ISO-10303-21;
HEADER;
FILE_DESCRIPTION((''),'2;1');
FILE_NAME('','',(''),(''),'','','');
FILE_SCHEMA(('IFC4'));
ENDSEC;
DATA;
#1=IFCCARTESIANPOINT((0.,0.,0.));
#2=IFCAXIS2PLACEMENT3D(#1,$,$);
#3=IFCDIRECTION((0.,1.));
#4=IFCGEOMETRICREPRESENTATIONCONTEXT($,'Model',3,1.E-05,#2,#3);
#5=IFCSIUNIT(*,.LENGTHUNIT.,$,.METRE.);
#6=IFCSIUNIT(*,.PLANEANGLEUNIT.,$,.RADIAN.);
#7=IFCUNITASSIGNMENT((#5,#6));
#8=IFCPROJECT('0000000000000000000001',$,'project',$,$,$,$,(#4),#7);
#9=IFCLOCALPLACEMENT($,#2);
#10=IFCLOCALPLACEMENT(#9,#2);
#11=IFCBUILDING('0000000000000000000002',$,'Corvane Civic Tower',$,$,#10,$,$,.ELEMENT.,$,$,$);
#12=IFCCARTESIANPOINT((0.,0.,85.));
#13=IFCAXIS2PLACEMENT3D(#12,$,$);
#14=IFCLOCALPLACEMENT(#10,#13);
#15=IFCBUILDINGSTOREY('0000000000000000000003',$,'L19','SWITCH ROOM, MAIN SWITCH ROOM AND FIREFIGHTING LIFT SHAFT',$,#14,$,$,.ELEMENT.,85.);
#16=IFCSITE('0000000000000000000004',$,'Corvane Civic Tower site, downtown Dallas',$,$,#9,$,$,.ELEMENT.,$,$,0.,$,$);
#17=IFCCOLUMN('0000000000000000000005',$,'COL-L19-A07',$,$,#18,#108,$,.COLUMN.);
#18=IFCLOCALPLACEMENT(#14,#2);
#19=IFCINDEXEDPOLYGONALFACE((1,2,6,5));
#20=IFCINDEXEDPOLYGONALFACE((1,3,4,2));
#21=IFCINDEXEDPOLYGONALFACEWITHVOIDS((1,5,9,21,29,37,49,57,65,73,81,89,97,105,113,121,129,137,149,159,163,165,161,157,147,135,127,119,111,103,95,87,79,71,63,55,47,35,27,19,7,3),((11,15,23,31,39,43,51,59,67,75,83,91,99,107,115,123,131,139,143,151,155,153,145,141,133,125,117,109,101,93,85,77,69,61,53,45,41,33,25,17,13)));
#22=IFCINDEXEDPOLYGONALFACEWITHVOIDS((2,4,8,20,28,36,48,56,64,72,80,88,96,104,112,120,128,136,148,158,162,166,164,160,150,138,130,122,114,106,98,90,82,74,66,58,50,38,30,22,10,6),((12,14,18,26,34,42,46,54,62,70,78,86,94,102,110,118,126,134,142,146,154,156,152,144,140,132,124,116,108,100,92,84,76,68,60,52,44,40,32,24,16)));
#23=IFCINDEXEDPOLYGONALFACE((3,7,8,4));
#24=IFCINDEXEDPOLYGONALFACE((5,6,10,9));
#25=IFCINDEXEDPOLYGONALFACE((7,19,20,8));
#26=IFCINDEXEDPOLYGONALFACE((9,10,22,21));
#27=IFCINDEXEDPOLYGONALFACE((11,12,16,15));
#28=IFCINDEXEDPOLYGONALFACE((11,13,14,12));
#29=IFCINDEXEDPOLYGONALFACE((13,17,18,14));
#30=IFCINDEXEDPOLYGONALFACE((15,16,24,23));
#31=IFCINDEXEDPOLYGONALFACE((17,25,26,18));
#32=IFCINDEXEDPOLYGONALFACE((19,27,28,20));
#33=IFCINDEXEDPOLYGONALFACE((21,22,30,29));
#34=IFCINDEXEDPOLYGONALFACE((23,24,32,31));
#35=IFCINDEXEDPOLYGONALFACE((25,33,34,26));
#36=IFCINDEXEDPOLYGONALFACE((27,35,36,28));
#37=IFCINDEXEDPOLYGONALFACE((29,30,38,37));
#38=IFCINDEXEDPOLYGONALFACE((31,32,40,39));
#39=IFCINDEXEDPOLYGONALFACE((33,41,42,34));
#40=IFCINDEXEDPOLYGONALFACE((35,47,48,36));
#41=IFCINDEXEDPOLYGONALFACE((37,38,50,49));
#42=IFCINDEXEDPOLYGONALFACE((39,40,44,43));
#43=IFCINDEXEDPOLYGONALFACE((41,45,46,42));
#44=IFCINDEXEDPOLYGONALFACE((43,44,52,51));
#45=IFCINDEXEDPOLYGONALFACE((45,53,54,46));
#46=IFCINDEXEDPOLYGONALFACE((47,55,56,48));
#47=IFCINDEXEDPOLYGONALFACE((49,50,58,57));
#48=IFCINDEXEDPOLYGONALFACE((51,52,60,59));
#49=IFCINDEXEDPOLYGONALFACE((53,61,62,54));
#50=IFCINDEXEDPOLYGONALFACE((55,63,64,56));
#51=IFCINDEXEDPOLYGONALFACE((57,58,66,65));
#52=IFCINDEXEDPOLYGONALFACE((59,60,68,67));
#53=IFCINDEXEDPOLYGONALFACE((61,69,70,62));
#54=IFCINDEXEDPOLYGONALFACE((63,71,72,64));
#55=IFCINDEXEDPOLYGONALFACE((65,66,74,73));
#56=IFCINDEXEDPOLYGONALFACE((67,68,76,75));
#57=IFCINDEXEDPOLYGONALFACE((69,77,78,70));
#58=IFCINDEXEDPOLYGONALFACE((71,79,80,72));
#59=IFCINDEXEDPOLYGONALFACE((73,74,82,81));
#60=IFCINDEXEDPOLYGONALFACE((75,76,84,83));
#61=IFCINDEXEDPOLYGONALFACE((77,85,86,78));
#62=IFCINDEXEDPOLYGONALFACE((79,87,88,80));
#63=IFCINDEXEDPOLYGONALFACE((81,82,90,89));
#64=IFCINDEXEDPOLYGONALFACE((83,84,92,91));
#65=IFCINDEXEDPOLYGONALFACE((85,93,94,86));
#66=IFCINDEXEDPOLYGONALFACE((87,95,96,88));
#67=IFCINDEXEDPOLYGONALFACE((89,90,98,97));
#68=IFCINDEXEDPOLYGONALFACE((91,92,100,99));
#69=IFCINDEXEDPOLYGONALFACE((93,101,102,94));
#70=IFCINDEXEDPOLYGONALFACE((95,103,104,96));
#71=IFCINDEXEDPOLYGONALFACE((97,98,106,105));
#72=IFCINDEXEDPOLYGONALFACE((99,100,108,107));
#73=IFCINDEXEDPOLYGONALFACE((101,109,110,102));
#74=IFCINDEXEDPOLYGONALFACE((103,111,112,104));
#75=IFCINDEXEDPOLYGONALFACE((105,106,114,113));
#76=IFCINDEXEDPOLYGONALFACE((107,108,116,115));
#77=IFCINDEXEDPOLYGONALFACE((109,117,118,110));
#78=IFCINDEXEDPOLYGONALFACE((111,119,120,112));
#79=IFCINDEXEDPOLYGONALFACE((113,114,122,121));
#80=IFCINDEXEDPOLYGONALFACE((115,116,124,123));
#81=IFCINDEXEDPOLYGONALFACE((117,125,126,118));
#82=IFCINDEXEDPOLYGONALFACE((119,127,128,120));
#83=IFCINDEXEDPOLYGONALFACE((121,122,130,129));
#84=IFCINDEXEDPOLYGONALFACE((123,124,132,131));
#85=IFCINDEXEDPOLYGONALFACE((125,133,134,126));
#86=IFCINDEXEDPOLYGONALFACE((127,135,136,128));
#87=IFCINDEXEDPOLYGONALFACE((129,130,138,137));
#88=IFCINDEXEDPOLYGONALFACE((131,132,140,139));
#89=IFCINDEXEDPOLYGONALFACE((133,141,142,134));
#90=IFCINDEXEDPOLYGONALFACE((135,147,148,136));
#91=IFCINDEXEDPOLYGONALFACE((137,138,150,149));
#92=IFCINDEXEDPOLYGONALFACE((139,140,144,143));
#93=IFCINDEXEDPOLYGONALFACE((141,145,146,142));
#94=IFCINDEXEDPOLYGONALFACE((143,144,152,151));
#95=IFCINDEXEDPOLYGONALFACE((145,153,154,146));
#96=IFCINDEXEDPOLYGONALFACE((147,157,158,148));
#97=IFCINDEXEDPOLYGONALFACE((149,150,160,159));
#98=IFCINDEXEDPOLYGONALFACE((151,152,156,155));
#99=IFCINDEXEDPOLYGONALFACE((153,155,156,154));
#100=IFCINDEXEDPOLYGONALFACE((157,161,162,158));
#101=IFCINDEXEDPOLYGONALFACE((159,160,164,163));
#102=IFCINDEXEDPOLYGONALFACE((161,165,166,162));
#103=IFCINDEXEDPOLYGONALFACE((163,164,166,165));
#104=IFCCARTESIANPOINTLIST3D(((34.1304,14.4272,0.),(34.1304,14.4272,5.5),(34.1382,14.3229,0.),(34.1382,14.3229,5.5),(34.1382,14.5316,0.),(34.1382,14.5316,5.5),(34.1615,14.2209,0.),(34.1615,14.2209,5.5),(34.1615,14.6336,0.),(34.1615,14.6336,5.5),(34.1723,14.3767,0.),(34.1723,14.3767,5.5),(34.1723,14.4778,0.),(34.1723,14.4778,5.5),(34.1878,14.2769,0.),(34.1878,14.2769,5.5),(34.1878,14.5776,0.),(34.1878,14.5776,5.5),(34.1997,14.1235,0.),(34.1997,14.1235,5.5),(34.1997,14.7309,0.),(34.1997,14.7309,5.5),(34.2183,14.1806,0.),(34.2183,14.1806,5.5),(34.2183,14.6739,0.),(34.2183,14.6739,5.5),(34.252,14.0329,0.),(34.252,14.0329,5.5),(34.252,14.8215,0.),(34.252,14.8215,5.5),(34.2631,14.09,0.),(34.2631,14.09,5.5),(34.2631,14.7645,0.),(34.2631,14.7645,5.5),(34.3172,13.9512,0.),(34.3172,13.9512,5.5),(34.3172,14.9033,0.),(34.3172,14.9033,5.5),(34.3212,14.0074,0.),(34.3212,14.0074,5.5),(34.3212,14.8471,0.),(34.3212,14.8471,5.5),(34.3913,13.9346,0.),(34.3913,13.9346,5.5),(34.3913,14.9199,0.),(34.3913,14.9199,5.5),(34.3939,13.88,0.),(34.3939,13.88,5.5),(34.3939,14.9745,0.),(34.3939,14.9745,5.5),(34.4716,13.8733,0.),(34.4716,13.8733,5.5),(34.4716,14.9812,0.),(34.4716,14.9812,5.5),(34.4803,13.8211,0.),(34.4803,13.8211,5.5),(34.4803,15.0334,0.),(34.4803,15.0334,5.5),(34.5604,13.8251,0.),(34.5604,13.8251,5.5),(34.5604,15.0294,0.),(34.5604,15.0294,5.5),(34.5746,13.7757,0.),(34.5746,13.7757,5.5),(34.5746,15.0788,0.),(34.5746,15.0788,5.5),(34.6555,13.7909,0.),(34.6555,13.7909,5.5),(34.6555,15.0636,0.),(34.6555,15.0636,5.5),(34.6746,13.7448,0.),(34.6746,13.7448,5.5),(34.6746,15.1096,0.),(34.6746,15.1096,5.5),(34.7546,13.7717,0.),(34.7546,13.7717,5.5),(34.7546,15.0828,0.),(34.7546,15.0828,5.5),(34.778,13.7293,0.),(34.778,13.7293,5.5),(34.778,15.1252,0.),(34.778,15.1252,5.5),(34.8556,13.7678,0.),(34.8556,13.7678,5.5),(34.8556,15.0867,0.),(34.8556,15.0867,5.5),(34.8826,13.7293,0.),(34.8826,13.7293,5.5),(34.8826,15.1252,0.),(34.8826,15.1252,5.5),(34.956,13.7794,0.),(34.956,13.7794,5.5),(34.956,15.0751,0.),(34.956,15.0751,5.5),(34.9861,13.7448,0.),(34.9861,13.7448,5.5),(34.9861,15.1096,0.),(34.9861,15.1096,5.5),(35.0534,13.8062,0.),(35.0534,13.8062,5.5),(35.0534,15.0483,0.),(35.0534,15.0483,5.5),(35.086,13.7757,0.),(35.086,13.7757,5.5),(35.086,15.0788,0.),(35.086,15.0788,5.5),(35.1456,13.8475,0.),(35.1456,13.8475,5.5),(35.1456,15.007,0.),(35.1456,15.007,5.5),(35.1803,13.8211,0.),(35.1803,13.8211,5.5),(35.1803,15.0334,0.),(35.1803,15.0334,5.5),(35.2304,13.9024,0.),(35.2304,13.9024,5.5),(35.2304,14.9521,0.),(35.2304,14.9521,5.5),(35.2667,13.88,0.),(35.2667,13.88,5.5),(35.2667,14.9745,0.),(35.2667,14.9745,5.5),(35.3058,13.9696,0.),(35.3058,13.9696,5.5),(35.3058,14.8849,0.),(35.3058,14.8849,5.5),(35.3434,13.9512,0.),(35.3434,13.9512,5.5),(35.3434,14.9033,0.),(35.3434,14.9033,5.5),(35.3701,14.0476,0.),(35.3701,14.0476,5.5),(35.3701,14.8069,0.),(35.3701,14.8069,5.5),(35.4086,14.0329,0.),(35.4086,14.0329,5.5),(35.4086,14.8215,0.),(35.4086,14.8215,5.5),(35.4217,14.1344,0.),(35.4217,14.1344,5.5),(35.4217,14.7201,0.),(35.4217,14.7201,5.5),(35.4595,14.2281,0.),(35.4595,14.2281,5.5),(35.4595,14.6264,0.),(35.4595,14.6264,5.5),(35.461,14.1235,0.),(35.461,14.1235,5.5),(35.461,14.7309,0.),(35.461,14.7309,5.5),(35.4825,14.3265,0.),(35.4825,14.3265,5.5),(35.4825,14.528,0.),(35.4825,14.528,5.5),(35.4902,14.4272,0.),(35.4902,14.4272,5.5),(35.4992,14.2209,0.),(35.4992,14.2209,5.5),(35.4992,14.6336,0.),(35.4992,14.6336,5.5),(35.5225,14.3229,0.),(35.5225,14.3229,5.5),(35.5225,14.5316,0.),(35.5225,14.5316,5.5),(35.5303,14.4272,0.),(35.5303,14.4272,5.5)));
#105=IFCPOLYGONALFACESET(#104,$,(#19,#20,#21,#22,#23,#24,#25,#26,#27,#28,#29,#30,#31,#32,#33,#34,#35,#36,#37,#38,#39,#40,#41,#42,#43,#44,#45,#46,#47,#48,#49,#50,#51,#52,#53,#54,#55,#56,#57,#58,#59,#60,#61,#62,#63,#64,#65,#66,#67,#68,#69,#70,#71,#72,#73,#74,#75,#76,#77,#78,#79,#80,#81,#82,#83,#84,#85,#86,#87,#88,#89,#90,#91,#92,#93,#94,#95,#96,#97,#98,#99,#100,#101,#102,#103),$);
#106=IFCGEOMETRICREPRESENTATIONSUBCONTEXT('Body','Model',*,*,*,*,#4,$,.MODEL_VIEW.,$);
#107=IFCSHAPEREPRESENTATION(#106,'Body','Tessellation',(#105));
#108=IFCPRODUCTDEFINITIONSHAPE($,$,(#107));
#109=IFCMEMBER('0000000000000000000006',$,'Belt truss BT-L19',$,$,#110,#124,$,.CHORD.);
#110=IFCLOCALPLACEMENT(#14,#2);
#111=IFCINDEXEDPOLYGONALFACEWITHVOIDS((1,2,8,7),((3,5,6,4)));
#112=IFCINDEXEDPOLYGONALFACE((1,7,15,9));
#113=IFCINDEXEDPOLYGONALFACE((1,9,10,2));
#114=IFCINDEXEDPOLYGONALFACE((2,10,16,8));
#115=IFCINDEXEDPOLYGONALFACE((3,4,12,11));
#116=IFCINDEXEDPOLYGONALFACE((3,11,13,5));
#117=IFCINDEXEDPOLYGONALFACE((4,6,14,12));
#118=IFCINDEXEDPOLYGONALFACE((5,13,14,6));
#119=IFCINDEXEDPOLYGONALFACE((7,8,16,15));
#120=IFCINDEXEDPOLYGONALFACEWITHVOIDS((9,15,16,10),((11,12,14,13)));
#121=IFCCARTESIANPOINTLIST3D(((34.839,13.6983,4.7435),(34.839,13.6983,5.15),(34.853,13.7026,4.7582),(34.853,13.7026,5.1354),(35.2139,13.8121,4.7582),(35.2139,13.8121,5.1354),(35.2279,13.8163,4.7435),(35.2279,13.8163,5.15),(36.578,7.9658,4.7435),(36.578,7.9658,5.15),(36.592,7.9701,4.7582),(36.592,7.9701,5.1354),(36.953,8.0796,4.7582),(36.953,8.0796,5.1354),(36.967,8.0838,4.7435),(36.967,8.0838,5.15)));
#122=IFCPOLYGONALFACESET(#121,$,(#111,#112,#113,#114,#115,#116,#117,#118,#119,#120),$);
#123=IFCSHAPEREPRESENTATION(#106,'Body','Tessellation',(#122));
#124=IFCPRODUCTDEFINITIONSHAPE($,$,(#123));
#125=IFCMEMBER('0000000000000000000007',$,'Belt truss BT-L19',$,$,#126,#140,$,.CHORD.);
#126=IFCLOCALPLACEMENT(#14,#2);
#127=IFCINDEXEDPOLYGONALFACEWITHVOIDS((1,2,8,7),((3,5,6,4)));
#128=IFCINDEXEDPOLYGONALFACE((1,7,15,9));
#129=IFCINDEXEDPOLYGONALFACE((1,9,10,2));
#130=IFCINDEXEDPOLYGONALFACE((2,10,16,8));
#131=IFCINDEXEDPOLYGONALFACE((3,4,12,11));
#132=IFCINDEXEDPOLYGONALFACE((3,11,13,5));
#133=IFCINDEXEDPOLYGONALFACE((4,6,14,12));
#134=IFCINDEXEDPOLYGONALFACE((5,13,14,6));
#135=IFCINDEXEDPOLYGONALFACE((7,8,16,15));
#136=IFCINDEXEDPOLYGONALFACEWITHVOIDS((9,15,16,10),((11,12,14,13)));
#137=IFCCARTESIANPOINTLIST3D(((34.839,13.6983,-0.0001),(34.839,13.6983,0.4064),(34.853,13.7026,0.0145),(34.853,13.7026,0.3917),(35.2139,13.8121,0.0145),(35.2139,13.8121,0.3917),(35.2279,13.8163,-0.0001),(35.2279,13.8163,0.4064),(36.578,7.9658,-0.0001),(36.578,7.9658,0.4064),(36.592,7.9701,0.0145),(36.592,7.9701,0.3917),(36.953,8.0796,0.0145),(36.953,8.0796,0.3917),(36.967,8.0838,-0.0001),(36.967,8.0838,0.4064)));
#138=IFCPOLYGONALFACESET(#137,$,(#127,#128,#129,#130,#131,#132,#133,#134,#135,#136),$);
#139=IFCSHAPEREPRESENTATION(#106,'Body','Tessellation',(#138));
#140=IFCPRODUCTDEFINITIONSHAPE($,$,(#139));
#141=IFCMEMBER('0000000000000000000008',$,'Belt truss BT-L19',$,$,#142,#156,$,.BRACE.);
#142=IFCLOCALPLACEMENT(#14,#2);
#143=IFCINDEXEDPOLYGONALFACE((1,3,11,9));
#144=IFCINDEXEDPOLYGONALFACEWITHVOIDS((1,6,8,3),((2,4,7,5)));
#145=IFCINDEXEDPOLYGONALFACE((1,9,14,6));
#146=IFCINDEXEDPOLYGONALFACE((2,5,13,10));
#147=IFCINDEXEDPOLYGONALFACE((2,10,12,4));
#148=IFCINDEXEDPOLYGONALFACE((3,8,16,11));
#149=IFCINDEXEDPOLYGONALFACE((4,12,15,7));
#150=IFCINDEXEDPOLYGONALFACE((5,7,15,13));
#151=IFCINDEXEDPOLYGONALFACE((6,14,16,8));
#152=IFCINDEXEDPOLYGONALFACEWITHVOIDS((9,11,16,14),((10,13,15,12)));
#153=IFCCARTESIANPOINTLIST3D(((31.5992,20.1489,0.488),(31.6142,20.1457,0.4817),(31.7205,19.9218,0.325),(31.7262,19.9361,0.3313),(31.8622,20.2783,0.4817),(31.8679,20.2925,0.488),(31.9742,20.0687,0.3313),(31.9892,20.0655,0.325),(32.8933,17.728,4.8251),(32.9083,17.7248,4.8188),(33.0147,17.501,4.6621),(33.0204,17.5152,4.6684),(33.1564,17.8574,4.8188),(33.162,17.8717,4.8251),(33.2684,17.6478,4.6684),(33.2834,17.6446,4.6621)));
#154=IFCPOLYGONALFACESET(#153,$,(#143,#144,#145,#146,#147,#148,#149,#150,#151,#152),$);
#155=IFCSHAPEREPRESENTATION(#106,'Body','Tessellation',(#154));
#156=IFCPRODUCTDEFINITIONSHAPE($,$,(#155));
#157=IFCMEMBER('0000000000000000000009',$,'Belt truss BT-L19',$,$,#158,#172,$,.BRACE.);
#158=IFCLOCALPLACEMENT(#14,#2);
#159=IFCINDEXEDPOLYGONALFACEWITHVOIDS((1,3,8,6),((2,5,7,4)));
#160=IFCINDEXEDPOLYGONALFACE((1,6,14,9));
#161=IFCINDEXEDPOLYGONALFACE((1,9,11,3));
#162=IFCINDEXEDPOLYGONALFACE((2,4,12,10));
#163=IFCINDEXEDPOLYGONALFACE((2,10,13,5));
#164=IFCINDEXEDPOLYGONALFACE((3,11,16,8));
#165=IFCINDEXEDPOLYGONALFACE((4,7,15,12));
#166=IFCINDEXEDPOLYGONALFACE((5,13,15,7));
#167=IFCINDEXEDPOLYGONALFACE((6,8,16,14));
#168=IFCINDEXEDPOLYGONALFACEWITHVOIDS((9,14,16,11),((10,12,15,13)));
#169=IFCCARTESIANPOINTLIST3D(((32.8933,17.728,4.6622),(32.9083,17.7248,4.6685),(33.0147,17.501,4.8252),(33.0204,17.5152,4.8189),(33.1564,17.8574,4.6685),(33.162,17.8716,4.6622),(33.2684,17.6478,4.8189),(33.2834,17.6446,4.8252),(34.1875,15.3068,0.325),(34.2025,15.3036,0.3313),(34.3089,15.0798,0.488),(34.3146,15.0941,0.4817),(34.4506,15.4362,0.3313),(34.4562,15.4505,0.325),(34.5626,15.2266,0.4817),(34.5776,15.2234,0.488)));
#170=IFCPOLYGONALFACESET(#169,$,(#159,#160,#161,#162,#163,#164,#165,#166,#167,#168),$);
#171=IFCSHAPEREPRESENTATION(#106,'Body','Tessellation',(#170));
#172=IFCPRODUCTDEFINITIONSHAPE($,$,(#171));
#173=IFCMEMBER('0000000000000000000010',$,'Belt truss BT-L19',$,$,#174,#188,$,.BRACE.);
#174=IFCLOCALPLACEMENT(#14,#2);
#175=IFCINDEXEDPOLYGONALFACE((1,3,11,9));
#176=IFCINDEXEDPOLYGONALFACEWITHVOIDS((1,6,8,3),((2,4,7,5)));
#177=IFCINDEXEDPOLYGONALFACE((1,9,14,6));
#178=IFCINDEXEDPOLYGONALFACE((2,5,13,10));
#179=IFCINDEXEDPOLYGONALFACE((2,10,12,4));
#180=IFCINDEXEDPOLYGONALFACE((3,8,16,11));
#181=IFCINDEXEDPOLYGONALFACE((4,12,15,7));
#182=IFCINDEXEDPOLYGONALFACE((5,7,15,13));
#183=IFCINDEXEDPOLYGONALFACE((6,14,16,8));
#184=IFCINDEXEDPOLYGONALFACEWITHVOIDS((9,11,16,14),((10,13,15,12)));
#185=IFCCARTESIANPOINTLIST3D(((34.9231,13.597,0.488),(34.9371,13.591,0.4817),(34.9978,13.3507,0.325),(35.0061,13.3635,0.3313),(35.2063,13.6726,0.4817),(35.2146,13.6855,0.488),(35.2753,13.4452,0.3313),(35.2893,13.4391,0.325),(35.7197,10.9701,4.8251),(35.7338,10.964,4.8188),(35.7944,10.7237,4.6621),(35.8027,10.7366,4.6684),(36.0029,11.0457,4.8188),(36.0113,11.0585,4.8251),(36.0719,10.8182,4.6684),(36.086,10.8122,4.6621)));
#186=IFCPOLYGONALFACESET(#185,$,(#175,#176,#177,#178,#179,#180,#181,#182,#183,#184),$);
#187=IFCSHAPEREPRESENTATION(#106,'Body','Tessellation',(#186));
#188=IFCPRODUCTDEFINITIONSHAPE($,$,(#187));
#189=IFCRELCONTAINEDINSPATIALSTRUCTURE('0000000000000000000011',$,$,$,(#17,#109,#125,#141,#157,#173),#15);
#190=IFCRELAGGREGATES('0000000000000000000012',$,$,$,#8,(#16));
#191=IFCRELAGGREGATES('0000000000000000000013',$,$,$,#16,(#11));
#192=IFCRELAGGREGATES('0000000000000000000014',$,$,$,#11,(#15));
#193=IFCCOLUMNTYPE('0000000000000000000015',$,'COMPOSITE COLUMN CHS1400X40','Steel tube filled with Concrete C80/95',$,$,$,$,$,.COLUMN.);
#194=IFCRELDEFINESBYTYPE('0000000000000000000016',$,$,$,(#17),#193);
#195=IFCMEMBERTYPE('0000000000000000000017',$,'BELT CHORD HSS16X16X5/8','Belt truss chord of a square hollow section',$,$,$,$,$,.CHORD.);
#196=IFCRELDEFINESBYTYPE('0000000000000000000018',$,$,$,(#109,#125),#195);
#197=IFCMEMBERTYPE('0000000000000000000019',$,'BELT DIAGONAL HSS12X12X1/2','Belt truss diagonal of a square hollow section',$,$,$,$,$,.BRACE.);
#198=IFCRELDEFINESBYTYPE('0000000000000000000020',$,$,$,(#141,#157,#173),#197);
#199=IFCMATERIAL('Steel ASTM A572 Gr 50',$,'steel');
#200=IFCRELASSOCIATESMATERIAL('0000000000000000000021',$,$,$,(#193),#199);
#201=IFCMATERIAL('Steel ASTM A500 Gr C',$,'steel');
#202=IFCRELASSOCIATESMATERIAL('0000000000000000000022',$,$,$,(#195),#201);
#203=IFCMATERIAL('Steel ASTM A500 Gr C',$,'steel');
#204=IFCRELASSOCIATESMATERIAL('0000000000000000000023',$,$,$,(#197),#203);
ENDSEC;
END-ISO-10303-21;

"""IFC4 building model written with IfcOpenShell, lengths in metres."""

from ifc_helpers import new_model, si_unit, direction, frame, origin, origin_2d, place, context, subcontext, project, spatial, hollow_rectangle, hollow_circle, extrude, material, material_profile, profile_set, type_object, element, save


model = new_model("IFC4")

# Units and contexts
model_context = context("Model", 3, precision=1e-05, world=origin(), true_north=direction((0.0, 1.0)))
body_context = subcontext(model_context, "Body", "Model", "MODEL_VIEW")
ifc_project = project(units=[si_unit("LENGTHUNIT", "METRE"), si_unit("PLANEANGLEUNIT", "RADIAN")], contexts=[model_context])

# Site, building, storey
site_placement = place(None, origin())
site = spatial("IfcSite", under=ifc_project, at=site_placement, Name="Corvane Civic Tower site, downtown Dallas", CompositionType="ELEMENT", RefElevation=0.0)
building_placement = place(site_placement, origin())
building = spatial("IfcBuilding", under=site, at=building_placement, Name="Corvane Civic Tower", CompositionType="ELEMENT")
storey_placement = place(building_placement, frame((0.0, 0.0, 85.0)))
storey = spatial("IfcBuildingStorey", under=building, at=storey_placement, Name="L19", Description="SWITCH ROOM, MAIN SWITCH ROOM AND FIREFIGHTING LIFT SHAFT", CompositionType="ELEMENT", Elevation=85.0)

# Column
ifc_material_1 = material(Name="Steel ASTM A572 Gr 50", Category="steel")
ifc_material_profile_1 = material_profile(ifc_material_1, hollow_circle(Radius=0.7, WallThickness=0.04, at=origin_2d()), Name="CHS1400X40")
ifc_profile_set_1 = profile_set([ifc_material_profile_1], Name="Steel ASTM A572 Gr 50")
column_type_1 = type_object("IfcColumnType", Name="COMPOSITE COLUMN CHS1400X40", Description="Steel tube filled with Concrete C80/95", PredefinedType="COLUMN", material=ifc_profile_set_1)
column_placement = place(storey_placement, frame((34.8303, 14.4272, 0.0), z_axis=(0.0, 0.0, 1.0), x_axis=(1.0, 0.0, 0.0)))
element("IfcColumn", 1, at=column_placement, inside=storey, type_object=column_type_1, Name="COL-L19-A07", PredefinedType="COLUMN", context=body_context, shape_type="SweptSolid", body=[
    extrude(hollow_circle(Radius=0.7, WallThickness=0.04, at=origin_2d()), origin(), (0.0, 0.0, 1.0), 5.5),
])

# Members
ifc_material_2 = material(Name="Steel ASTM A500 Gr C", Category="steel")
ifc_material_profile_2 = material_profile(ifc_material_2, hollow_rectangle(XDim=0.4065, YDim=0.4065, WallThickness=0.0146, at=origin_2d()), Name="HSS16X16X5/8")
ifc_profile_set_2 = profile_set([ifc_material_profile_2], Name="Steel ASTM A500 Gr C")
member_type_1 = type_object("IfcMemberType", Name="BELT CHORD HSS16X16X5/8", Description="Belt truss chord of a square hollow section", PredefinedType="CHORD", material=ifc_profile_set_2)
for number, where, z_axis, x_axis, name in (
    (2, (35.0334, 13.7573, 4.9468), (0.2903, -0.956936, 0.0), (0.956936, 0.2903, 0.0), "Belt truss BT-L19"),
    (3, (35.0334, 13.7573, 0.2031), (0.2903, -0.956936, 0.0), (0.956936, 0.2903, 0.0), "Belt truss BT-L19"),
):
    element("IfcMember", number, at=place(storey_placement, frame(where, z_axis=z_axis, x_axis=x_axis)), inside=storey, type_object=member_type_1, Name=name, PredefinedType="CHORD", context=body_context, shape_type="SweptSolid", body=[
        extrude(hollow_rectangle(XDim=0.4065, YDim=0.4065, WallThickness=0.0146, at=origin_2d()), origin(), (0.0, 0.0, 1.0), 5.9905),
    ])
ifc_material_3 = material(Name="Steel ASTM A500 Gr C", Category="steel")
ifc_material_profile_3 = material_profile(ifc_material_3, hollow_rectangle(XDim=0.3047, YDim=0.3047, WallThickness=0.0117, at=origin_2d()), Name="HSS12X12X1/2")
ifc_profile_set_3 = profile_set([ifc_material_profile_3], Name="Steel ASTM A500 Gr C")
member_type_2 = type_object("IfcMemberType", Name="BELT DIAGONAL HSS12X12X1/2", Description="Belt truss diagonal of a square hollow section", PredefinedType="BRACE", material=ifc_profile_set_3)
member_1_placement = place(storey_placement, frame((31.7942, 20.1072, 0.4065), z_axis=(0.252136, -0.471644, 0.844973), x_axis=(0.881892, 0.471451, 0.0)))
element("IfcMember", 4, at=member_1_placement, inside=storey, type_object=member_type_2, Name="Belt truss BT-L19", PredefinedType="BRACE", context=body_context, shape_type="SweptSolid", body=[
    extrude(hollow_rectangle(XDim=0.3047, YDim=0.3047, WallThickness=0.0117, at=origin_2d()), origin(), (0.0, 0.0, 1.0), 5.1328),
])
member_2_placement = place(storey_placement, frame((34.3826, 15.2651, 0.4065), z_axis=(-0.252131, 0.471681, 0.844954), x_axis=(-0.881912, -0.471414, 0.0)))
element("IfcMember", 5, at=member_2_placement, inside=storey, type_object=member_type_2, Name="Belt truss BT-L19", PredefinedType="BRACE", context=body_context, shape_type="SweptSolid", body=[
    extrude(hollow_rectangle(XDim=0.3047, YDim=0.3047, WallThickness=0.0117, at=origin_2d()), origin(), (0.0, 0.0, 1.0), 5.1331),
])
member_3_placement = place(storey_placement, frame((35.1062, 13.5181, 0.4065), z_axis=(0.155202, -0.511789, 0.844976), x_axis=(0.956965, 0.290202, 0.0)))
element("IfcMember", 6, at=member_3_placement, inside=storey, type_object=member_type_2, Name="Belt truss BT-L19", PredefinedType="BRACE", context=body_context, shape_type="SweptSolid", body=[
    extrude(hollow_rectangle(XDim=0.3047, YDim=0.3047, WallThickness=0.0117, at=origin_2d()), origin(), (0.0, 0.0, 1.0), 5.1328),
])

save(model, "model.ifc")
